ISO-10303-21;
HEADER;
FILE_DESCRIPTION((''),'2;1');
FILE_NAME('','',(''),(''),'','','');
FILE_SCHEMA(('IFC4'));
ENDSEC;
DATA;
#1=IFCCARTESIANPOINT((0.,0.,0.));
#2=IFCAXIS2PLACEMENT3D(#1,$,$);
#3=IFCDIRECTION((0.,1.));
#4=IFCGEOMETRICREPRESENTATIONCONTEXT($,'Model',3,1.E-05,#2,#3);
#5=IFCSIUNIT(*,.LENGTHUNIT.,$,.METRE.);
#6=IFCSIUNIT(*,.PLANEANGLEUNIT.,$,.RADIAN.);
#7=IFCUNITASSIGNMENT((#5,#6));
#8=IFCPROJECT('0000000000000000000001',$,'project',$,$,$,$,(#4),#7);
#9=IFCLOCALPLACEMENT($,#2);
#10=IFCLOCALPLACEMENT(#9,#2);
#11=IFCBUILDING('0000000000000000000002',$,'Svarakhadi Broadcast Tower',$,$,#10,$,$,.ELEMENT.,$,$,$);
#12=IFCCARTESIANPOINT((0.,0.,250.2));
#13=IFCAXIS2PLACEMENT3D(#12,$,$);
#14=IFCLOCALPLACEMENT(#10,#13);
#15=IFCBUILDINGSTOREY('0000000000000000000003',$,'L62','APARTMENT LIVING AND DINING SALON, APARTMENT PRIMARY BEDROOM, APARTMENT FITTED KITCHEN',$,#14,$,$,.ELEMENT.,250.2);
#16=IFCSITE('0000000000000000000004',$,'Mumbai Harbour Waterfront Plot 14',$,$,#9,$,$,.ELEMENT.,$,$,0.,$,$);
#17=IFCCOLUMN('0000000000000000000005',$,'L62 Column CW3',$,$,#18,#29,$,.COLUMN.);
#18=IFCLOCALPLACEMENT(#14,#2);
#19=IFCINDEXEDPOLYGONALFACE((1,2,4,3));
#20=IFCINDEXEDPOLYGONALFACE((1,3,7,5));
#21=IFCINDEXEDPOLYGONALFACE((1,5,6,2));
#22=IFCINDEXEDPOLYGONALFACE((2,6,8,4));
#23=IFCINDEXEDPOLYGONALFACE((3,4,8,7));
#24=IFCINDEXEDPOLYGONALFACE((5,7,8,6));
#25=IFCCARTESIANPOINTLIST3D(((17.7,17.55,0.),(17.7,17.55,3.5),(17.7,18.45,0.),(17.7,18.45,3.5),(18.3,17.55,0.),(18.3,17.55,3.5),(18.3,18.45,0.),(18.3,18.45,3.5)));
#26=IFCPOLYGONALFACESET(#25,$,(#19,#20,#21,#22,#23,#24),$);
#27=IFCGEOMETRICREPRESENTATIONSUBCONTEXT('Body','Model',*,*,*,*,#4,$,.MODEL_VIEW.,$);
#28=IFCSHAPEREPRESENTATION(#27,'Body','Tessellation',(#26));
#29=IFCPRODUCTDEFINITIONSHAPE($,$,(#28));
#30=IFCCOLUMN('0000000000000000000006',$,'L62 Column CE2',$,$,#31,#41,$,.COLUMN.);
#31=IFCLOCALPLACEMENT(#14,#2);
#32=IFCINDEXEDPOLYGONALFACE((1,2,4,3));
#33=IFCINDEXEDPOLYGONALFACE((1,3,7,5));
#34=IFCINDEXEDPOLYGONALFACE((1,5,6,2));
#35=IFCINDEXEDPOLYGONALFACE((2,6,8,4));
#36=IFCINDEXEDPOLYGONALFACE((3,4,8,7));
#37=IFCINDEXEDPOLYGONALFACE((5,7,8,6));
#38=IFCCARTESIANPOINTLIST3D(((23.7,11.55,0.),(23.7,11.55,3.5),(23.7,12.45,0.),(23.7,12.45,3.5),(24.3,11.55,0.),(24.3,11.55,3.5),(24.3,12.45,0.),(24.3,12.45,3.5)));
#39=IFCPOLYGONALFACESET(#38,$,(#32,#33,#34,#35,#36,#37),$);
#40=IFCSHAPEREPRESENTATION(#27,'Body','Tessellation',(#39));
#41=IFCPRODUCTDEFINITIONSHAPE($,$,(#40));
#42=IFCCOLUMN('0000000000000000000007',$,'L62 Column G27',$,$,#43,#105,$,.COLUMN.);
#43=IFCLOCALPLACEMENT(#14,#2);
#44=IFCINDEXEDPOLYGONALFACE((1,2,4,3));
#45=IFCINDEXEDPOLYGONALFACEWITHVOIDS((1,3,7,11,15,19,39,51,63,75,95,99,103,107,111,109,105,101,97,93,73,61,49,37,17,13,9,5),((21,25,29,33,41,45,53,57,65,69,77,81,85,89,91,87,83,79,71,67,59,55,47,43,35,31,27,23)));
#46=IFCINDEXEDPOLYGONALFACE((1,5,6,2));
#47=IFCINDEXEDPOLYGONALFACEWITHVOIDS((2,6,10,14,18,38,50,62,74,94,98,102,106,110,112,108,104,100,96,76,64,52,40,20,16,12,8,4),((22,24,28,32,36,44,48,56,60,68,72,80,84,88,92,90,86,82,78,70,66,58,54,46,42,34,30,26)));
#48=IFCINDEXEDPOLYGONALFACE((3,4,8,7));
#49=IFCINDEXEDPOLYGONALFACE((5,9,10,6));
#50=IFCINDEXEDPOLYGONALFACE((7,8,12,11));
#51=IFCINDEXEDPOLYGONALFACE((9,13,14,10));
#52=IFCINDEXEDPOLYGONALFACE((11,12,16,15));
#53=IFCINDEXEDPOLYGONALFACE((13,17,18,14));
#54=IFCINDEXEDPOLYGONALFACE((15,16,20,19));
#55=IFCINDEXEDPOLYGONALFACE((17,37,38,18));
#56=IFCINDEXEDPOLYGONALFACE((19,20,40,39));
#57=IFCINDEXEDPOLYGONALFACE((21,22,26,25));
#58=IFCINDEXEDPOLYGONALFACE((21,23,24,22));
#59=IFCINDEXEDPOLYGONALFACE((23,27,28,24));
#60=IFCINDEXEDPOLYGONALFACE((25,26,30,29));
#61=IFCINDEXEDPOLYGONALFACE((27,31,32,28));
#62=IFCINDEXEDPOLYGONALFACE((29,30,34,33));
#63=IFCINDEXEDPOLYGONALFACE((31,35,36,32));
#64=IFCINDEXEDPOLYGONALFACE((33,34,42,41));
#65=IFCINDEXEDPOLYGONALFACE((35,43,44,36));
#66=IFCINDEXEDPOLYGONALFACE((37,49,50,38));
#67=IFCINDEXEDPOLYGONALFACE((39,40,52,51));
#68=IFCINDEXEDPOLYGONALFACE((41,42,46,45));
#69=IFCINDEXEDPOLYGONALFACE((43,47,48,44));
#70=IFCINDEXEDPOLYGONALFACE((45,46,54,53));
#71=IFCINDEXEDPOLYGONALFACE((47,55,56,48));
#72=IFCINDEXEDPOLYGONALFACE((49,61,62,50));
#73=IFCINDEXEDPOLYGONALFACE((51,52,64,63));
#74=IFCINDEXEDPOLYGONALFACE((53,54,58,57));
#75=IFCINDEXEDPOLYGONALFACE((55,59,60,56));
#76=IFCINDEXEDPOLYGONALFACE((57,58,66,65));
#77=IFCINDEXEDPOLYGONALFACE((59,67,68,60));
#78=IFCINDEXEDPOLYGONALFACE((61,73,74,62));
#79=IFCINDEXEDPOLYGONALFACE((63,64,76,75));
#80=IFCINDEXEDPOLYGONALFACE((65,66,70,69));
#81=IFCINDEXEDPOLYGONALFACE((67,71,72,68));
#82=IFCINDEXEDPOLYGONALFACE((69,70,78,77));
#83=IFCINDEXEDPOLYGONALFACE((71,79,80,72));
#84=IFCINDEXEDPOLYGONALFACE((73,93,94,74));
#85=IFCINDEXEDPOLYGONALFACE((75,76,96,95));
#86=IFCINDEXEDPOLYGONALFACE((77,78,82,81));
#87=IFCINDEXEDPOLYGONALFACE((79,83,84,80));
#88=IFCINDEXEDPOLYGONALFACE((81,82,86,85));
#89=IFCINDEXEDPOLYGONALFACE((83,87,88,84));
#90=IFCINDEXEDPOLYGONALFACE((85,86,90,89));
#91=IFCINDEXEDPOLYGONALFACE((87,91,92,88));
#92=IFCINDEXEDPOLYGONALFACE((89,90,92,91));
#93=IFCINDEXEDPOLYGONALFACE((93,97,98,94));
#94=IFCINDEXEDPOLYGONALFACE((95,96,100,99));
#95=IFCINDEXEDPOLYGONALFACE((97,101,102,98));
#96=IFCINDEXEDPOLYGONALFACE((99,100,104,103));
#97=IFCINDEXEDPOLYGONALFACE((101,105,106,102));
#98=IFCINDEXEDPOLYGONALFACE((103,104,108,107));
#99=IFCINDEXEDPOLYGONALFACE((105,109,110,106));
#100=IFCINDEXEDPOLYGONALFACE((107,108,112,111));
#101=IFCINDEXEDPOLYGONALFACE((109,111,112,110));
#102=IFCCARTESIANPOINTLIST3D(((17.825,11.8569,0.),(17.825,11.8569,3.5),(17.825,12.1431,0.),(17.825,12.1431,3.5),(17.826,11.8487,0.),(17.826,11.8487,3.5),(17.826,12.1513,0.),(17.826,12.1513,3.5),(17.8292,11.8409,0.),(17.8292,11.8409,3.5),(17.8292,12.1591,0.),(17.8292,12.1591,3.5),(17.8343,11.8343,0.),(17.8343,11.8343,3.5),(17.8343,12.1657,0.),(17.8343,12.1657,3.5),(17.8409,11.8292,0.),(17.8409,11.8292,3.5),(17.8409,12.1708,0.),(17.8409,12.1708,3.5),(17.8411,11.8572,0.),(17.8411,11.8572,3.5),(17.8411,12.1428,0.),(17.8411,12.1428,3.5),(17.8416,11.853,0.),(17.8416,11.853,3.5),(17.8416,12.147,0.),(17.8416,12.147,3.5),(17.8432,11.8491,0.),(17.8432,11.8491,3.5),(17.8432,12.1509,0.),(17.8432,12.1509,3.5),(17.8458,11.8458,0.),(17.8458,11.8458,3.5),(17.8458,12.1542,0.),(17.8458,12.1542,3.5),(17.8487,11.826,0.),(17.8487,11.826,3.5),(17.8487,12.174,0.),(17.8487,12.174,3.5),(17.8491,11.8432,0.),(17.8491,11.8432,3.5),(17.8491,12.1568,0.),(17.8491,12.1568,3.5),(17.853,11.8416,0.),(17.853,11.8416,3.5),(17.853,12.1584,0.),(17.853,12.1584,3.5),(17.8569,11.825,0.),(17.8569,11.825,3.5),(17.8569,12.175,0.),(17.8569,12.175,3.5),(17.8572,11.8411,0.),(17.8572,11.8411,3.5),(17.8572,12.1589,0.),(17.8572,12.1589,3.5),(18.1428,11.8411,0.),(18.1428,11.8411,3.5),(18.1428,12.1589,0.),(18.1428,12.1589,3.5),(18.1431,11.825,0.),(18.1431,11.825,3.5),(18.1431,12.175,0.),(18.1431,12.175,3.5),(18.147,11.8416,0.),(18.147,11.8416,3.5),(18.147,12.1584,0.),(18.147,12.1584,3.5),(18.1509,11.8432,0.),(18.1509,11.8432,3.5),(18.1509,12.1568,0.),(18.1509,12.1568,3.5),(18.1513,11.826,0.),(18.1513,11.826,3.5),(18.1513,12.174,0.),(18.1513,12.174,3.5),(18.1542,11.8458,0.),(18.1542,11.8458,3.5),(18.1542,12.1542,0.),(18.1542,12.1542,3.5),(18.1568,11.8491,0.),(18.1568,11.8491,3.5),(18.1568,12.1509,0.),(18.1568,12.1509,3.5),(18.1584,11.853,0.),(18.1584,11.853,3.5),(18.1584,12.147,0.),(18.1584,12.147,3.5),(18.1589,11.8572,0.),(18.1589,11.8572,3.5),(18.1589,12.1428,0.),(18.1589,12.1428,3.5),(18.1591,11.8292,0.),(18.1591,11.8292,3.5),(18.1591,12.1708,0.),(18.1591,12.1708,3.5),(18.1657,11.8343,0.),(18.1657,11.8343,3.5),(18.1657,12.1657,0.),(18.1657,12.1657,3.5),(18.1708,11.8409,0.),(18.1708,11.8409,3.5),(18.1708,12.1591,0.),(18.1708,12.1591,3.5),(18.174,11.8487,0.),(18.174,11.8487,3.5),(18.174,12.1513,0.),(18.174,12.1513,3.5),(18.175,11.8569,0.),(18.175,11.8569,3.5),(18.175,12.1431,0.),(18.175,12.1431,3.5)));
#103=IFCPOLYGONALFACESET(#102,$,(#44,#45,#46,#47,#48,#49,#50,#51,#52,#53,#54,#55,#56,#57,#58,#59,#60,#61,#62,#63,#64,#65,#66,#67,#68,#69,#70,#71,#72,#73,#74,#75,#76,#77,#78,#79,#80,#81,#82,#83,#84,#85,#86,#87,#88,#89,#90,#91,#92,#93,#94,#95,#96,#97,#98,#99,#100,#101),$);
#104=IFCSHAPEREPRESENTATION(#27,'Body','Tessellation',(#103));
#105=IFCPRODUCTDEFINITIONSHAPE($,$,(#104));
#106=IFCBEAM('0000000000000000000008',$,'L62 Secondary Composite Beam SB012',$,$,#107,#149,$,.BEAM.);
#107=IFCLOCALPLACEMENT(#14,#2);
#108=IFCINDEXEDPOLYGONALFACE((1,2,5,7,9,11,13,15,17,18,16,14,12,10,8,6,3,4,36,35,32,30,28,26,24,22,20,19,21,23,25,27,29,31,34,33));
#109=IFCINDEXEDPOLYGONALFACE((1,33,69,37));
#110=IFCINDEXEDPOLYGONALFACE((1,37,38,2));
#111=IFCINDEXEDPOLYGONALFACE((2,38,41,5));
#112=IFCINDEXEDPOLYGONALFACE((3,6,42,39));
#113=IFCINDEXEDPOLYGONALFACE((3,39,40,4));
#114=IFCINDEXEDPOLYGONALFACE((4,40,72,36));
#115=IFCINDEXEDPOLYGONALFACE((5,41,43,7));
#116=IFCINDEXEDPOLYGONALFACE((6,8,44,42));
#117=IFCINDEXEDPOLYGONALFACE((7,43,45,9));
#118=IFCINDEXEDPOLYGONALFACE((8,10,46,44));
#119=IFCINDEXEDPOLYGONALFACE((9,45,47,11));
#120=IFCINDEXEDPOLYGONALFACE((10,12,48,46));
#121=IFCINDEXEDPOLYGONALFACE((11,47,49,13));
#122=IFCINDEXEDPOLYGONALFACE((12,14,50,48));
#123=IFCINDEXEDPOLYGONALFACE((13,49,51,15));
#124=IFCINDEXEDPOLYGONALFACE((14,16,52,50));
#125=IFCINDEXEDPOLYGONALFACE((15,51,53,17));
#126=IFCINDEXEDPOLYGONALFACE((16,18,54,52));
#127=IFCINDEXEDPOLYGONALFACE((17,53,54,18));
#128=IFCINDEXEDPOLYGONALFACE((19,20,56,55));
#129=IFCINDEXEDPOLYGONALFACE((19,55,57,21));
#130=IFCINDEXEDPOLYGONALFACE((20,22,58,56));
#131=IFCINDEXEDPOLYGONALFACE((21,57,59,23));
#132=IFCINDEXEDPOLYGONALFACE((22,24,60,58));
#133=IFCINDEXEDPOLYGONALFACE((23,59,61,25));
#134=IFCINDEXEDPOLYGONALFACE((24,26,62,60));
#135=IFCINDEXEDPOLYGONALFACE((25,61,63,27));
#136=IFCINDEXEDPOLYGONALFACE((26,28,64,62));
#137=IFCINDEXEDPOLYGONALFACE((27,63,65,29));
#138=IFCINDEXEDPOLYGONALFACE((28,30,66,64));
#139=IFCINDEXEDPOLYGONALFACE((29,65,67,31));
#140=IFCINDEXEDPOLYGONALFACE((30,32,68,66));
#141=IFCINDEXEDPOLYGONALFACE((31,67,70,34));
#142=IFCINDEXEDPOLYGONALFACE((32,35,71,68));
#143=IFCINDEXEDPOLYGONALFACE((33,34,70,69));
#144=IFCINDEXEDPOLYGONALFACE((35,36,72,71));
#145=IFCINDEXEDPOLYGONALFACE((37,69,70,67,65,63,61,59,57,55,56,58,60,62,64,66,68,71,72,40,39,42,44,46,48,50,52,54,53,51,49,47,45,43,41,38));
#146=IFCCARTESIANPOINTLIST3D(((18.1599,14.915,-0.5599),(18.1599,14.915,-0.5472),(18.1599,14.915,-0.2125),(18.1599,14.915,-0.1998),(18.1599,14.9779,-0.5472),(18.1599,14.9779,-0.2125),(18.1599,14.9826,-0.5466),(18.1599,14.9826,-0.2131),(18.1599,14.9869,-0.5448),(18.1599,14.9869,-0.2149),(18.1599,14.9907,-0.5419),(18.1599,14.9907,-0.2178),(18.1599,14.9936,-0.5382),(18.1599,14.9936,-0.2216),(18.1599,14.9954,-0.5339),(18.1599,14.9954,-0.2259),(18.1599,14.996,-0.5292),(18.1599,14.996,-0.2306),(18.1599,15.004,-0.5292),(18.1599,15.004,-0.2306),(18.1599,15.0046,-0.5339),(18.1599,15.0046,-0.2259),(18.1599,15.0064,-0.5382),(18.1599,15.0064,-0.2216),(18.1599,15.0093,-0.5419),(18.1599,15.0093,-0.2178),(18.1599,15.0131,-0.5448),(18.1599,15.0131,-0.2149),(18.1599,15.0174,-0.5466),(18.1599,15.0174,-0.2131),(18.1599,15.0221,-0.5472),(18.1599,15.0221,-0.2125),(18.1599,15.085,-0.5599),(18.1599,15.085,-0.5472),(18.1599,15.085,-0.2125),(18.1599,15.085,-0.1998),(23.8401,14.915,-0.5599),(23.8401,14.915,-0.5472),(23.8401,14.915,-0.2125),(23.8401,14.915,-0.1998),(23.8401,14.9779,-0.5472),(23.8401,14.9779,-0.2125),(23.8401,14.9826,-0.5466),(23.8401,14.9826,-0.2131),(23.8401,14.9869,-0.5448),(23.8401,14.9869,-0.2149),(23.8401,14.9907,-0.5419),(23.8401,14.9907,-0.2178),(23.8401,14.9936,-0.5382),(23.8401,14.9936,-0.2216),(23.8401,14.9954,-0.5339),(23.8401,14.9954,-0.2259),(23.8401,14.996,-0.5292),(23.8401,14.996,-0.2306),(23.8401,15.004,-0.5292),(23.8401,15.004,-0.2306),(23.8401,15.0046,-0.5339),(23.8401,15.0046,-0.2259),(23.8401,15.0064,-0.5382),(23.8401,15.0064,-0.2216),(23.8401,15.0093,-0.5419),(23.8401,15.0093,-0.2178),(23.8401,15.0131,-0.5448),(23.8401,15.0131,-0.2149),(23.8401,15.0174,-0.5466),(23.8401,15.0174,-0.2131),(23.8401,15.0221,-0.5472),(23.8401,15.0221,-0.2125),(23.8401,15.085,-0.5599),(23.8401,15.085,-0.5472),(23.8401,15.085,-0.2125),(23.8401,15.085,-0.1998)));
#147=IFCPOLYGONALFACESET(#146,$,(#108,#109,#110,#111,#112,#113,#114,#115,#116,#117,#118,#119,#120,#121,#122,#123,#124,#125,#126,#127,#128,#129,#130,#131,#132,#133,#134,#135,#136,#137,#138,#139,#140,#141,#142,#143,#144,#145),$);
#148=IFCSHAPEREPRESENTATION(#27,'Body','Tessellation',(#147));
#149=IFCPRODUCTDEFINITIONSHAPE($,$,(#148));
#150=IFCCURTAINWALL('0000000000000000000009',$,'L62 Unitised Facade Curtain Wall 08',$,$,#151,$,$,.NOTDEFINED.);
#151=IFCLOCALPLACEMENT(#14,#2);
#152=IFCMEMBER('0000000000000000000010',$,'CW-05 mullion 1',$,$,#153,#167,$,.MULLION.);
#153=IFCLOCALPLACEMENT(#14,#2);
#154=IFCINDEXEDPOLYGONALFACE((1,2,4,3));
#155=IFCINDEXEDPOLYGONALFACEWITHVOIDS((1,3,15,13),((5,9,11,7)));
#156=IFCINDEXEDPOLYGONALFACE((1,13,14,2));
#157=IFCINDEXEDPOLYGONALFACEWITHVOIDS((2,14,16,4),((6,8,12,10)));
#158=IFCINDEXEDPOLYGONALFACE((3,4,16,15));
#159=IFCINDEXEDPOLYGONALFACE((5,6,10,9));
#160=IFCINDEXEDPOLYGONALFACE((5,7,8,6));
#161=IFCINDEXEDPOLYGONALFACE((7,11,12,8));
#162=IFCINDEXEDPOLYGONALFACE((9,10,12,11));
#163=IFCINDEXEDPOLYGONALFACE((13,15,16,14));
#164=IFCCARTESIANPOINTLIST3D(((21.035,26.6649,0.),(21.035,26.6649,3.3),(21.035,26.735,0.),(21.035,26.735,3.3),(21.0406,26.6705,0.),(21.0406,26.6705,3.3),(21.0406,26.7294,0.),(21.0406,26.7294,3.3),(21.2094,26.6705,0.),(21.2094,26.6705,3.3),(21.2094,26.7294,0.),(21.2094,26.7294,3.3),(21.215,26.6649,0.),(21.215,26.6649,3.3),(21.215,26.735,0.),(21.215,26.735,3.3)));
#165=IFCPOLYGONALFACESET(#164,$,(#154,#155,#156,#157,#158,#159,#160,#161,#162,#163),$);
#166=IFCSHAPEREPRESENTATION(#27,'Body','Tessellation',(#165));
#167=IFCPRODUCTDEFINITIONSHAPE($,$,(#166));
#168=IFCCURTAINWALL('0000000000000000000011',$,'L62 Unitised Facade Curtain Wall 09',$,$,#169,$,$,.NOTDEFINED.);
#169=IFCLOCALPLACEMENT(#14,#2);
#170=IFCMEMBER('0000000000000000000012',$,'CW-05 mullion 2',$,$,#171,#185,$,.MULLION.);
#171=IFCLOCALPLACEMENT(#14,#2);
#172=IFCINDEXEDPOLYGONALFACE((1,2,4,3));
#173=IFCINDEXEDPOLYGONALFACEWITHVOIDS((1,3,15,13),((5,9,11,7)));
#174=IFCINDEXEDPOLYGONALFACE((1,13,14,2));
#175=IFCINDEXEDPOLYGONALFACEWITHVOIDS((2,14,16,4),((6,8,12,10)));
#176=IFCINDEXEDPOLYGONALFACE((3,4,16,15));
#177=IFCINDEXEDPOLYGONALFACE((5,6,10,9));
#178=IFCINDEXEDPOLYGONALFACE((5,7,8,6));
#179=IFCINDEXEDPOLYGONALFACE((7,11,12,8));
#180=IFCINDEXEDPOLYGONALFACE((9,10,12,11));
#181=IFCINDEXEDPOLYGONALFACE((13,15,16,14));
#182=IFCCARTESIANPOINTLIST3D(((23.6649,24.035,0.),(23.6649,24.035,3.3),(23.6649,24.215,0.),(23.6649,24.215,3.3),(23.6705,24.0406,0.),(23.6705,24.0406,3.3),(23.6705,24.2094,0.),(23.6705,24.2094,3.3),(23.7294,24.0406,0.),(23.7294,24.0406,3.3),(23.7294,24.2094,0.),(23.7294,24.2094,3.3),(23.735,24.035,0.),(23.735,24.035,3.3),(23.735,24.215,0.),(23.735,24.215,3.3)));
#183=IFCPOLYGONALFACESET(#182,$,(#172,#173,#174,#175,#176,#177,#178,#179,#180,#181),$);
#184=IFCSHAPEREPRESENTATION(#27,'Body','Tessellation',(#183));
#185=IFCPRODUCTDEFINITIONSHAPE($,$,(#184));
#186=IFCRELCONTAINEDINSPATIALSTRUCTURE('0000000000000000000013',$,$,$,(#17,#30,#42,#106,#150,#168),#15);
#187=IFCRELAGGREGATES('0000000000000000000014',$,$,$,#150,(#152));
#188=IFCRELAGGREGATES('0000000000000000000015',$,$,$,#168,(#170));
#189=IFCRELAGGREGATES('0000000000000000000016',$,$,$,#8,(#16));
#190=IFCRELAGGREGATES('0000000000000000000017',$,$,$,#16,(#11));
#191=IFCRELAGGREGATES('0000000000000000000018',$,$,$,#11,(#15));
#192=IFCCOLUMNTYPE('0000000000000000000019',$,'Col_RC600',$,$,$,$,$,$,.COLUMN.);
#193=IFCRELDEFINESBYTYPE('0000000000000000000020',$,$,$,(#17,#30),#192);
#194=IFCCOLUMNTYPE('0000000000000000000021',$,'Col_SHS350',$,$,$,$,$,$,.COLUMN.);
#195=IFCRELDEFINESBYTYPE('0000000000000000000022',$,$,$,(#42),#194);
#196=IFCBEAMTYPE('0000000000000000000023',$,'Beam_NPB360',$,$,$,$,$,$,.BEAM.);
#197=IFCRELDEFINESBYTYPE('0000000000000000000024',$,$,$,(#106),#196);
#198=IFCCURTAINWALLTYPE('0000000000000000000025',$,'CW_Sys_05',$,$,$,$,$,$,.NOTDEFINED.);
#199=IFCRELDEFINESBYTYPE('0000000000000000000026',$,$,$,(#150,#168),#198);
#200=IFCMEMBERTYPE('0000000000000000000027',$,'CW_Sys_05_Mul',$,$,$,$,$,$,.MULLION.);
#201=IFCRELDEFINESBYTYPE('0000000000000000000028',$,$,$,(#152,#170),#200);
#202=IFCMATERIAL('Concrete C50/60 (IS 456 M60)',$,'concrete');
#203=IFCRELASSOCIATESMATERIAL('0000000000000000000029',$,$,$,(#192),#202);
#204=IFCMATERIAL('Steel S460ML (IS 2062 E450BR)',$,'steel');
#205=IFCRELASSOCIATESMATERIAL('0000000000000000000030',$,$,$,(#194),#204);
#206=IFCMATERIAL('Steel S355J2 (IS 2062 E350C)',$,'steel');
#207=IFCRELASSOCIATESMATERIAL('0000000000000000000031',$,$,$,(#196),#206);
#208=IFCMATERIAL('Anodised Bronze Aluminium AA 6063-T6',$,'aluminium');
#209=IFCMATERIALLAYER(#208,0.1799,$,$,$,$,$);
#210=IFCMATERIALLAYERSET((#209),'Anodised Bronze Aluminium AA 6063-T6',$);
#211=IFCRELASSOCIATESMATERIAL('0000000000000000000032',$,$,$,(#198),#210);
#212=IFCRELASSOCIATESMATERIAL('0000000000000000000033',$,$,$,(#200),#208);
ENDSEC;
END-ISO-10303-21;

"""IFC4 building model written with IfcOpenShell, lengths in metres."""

from ifc_helpers import new_model, si_unit, direction, frame, origin, origin_2d, place, context, subcontext, project, spatial, rectangle, hollow_rectangle, i_section, extrude, material, layer, layer_set, material_profile, profile_set, type_object, element, aggregate, save


model = new_model("IFC4")

# Units and contexts
model_context = context("Model", 3, precision=1e-05, world=origin(), true_north=direction((0.0, 1.0)))
body_context = subcontext(model_context, "Body", "Model", "MODEL_VIEW")
ifc_project = project(units=[si_unit("LENGTHUNIT", "METRE"), si_unit("PLANEANGLEUNIT", "RADIAN")], contexts=[model_context])

# Site, building, storey
site_placement = place(None, origin())
site = spatial("IfcSite", under=ifc_project, at=site_placement, Name="Mumbai Harbour Waterfront Plot 14", CompositionType="ELEMENT", RefElevation=0.0)
building_placement = place(site_placement, origin())
building = spatial("IfcBuilding", under=site, at=building_placement, Name="Svarakhadi Broadcast Tower", CompositionType="ELEMENT")
storey_placement = place(building_placement, frame((0.0, 0.0, 250.2)))
storey = spatial("IfcBuildingStorey", under=building, at=storey_placement, Name="L62", Description="APARTMENT LIVING AND DINING SALON, APARTMENT PRIMARY BEDROOM, APARTMENT FITTED KITCHEN", CompositionType="ELEMENT", Elevation=250.2)

# Columns
ifc_material_1 = material(Name="Concrete C50/60 (IS 456 M60)", Category="concrete")
ifc_material_profile_1 = material_profile(ifc_material_1, rectangle(XDim=0.6001, YDim=0.8999, at=origin_2d()), Name="RC 600x900")
ifc_profile_set_1 = profile_set([ifc_material_profile_1], Name="Concrete C50/60 (IS 456 M60)")
column_type_1 = type_object("IfcColumnType", Name="Col_RC600", PredefinedType="COLUMN", material=ifc_profile_set_1)
for number, where, z_axis, x_axis, name in (
    (1, (18.0, 18.0, 0.0), (0.0, 0.0, 1.0), (1.0, 0.0, 0.0), "L62 Column CW3"),
    (2, (24.0, 12.0, 0.0), (0.0, 0.0, 1.0), (1.0, 0.0, 0.0), "L62 Column CE2"),
):
    element("IfcColumn", number, at=place(storey_placement, frame(where, z_axis=z_axis, x_axis=x_axis)), inside=storey, type_object=column_type_1, Name=name, PredefinedType="COLUMN", context=body_context, shape_type="SweptSolid", body=[
        extrude(rectangle(XDim=0.6001, YDim=0.8999, at=origin_2d()), origin(), (0.0, 0.0, 1.0), 3.5),
    ])
ifc_material_2 = material(Name="Steel S460ML (IS 2062 E450BR)", Category="steel")
ifc_material_profile_2 = material_profile(ifc_material_2, hollow_rectangle(XDim=0.3501, YDim=0.3501, WallThickness=0.0161, InnerFilletRadius=0.0161, OuterFilletRadius=0.032, at=origin_2d()), Name="SHS 350x350x16")
ifc_profile_set_2 = profile_set([ifc_material_profile_2], Name="Steel S460ML (IS 2062 E450BR)")
column_type_2 = type_object("IfcColumnType", Name="Col_SHS350", PredefinedType="COLUMN", material=ifc_profile_set_2)
column_placement = place(storey_placement, frame((18.0, 12.0, 0.0), z_axis=(0.0, 0.0, 1.0), x_axis=(1.0, 0.0, 0.0)))
element("IfcColumn", 3, at=column_placement, inside=storey, type_object=column_type_2, Name="L62 Column G27", PredefinedType="COLUMN", context=body_context, shape_type="SweptSolid", body=[
    extrude(hollow_rectangle(XDim=0.3501, YDim=0.3501, WallThickness=0.0161, InnerFilletRadius=0.0161, OuterFilletRadius=0.032, at=origin_2d()), origin(), (0.0, 0.0, 1.0), 3.5),
])

# Beam
ifc_material_3 = material(Name="Steel S355J2 (IS 2062 E350C)", Category="steel")
ifc_material_profile_3 = material_profile(ifc_material_3, i_section(OverallWidth=0.1699, OverallDepth=0.3601, WebThickness=0.0081, FlangeThickness=0.0127, FilletRadius=0.0181, at=origin_2d()), Name="NPB 360x170x57")
ifc_profile_set_3 = profile_set([ifc_material_profile_3], Name="Steel S355J2 (IS 2062 E350C)")
beam_type_1 = type_object("IfcBeamType", Name="Beam_NPB360", PredefinedType="BEAM", material=ifc_profile_set_3)
beam_1_placement = place(storey_placement, frame((18.1599, 15.0, -0.3799), z_axis=(1.0, 0.0, 0.0), x_axis=(0.0, 1.0, 0.0)))
element("IfcBeam", 4, at=beam_1_placement, inside=storey, type_object=beam_type_1, Name="L62 Secondary Composite Beam SB012", PredefinedType="BEAM", context=body_context, shape_type="SweptSolid", body=[
    extrude(i_section(OverallWidth=0.1699, OverallDepth=0.3601, WebThickness=0.0081, FlangeThickness=0.0127, FilletRadius=0.0181, at=origin_2d()), origin(), (0.0, 0.0, 1.0), 5.6802),
])

# Curtain walls, members
ifc_material_4 = material(Name="Anodised Bronze Aluminium AA 6063-T6", Category="aluminium")
ifc_layer_1 = layer(ifc_material_4, 0.1799)
ifc_layer_set_1 = layer_set([ifc_layer_1], Name="Anodised Bronze Aluminium AA 6063-T6")
curtain_wall_type = type_object("IfcCurtainWallType", Name="CW_Sys_05", PredefinedType="NOTDEFINED", material=ifc_layer_set_1)
curtain_wall_1_placement = place(storey_placement, origin())
curtain_wall_1 = element("IfcCurtainWall", 5, at=curtain_wall_1_placement, inside=storey, type_object=curtain_wall_type, Name="L62 Unitised Facade Curtain Wall 08", PredefinedType="NOTDEFINED")
ifc_material_profile_4 = material_profile(ifc_material_4, hollow_rectangle(XDim=0.0701, YDim=0.1799, WallThickness=0.0056, at=origin_2d()), Name="ALU MULLION 180x70x6")
ifc_profile_set_4 = profile_set([ifc_material_profile_4], Name="Anodised Bronze Aluminium AA 6063-T6")
member_type_1 = type_object("IfcMemberType", Name="CW_Sys_05_Mul", PredefinedType="MULLION", material=ifc_profile_set_4)
member_1_placement = place(storey_placement, frame((21.125, 26.7, 0.0), z_axis=(0.0, 0.0, 1.0), x_axis=(0.0, 1.0, 0.0)))
member_1 = element("IfcMember", 6, at=member_1_placement, type_object=member_type_1, Name="CW-05 mullion 1", PredefinedType="MULLION", context=body_context, shape_type="SweptSolid", body=[
    extrude(hollow_rectangle(XDim=0.0701, YDim=0.1799, WallThickness=0.0056, at=origin_2d()), origin(), (0.0, 0.0, 1.0), 3.3),
])
curtain_wall_2_placement = place(storey_placement, origin())
curtain_wall_2 = element("IfcCurtainWall", 7, at=curtain_wall_2_placement, inside=storey, type_object=curtain_wall_type, Name="L62 Unitised Facade Curtain Wall 09", PredefinedType="NOTDEFINED")
member_2_placement = place(storey_placement, frame((23.7, 24.125, 0.0), z_axis=(0.0, 0.0, 1.0), x_axis=(1.0, 0.0, 0.0)))
member_2 = element("IfcMember", 8, at=member_2_placement, type_object=member_type_1, Name="CW-05 mullion 2", PredefinedType="MULLION", context=body_context, shape_type="SweptSolid", body=[
    extrude(hollow_rectangle(XDim=0.0701, YDim=0.1799, WallThickness=0.0056, at=origin_2d()), origin(), (0.0, 0.0, 1.0), 3.3),
])

aggregate(curtain_wall_1, [member_1])

aggregate(curtain_wall_2, [member_2])

save(model, "model.ifc")
